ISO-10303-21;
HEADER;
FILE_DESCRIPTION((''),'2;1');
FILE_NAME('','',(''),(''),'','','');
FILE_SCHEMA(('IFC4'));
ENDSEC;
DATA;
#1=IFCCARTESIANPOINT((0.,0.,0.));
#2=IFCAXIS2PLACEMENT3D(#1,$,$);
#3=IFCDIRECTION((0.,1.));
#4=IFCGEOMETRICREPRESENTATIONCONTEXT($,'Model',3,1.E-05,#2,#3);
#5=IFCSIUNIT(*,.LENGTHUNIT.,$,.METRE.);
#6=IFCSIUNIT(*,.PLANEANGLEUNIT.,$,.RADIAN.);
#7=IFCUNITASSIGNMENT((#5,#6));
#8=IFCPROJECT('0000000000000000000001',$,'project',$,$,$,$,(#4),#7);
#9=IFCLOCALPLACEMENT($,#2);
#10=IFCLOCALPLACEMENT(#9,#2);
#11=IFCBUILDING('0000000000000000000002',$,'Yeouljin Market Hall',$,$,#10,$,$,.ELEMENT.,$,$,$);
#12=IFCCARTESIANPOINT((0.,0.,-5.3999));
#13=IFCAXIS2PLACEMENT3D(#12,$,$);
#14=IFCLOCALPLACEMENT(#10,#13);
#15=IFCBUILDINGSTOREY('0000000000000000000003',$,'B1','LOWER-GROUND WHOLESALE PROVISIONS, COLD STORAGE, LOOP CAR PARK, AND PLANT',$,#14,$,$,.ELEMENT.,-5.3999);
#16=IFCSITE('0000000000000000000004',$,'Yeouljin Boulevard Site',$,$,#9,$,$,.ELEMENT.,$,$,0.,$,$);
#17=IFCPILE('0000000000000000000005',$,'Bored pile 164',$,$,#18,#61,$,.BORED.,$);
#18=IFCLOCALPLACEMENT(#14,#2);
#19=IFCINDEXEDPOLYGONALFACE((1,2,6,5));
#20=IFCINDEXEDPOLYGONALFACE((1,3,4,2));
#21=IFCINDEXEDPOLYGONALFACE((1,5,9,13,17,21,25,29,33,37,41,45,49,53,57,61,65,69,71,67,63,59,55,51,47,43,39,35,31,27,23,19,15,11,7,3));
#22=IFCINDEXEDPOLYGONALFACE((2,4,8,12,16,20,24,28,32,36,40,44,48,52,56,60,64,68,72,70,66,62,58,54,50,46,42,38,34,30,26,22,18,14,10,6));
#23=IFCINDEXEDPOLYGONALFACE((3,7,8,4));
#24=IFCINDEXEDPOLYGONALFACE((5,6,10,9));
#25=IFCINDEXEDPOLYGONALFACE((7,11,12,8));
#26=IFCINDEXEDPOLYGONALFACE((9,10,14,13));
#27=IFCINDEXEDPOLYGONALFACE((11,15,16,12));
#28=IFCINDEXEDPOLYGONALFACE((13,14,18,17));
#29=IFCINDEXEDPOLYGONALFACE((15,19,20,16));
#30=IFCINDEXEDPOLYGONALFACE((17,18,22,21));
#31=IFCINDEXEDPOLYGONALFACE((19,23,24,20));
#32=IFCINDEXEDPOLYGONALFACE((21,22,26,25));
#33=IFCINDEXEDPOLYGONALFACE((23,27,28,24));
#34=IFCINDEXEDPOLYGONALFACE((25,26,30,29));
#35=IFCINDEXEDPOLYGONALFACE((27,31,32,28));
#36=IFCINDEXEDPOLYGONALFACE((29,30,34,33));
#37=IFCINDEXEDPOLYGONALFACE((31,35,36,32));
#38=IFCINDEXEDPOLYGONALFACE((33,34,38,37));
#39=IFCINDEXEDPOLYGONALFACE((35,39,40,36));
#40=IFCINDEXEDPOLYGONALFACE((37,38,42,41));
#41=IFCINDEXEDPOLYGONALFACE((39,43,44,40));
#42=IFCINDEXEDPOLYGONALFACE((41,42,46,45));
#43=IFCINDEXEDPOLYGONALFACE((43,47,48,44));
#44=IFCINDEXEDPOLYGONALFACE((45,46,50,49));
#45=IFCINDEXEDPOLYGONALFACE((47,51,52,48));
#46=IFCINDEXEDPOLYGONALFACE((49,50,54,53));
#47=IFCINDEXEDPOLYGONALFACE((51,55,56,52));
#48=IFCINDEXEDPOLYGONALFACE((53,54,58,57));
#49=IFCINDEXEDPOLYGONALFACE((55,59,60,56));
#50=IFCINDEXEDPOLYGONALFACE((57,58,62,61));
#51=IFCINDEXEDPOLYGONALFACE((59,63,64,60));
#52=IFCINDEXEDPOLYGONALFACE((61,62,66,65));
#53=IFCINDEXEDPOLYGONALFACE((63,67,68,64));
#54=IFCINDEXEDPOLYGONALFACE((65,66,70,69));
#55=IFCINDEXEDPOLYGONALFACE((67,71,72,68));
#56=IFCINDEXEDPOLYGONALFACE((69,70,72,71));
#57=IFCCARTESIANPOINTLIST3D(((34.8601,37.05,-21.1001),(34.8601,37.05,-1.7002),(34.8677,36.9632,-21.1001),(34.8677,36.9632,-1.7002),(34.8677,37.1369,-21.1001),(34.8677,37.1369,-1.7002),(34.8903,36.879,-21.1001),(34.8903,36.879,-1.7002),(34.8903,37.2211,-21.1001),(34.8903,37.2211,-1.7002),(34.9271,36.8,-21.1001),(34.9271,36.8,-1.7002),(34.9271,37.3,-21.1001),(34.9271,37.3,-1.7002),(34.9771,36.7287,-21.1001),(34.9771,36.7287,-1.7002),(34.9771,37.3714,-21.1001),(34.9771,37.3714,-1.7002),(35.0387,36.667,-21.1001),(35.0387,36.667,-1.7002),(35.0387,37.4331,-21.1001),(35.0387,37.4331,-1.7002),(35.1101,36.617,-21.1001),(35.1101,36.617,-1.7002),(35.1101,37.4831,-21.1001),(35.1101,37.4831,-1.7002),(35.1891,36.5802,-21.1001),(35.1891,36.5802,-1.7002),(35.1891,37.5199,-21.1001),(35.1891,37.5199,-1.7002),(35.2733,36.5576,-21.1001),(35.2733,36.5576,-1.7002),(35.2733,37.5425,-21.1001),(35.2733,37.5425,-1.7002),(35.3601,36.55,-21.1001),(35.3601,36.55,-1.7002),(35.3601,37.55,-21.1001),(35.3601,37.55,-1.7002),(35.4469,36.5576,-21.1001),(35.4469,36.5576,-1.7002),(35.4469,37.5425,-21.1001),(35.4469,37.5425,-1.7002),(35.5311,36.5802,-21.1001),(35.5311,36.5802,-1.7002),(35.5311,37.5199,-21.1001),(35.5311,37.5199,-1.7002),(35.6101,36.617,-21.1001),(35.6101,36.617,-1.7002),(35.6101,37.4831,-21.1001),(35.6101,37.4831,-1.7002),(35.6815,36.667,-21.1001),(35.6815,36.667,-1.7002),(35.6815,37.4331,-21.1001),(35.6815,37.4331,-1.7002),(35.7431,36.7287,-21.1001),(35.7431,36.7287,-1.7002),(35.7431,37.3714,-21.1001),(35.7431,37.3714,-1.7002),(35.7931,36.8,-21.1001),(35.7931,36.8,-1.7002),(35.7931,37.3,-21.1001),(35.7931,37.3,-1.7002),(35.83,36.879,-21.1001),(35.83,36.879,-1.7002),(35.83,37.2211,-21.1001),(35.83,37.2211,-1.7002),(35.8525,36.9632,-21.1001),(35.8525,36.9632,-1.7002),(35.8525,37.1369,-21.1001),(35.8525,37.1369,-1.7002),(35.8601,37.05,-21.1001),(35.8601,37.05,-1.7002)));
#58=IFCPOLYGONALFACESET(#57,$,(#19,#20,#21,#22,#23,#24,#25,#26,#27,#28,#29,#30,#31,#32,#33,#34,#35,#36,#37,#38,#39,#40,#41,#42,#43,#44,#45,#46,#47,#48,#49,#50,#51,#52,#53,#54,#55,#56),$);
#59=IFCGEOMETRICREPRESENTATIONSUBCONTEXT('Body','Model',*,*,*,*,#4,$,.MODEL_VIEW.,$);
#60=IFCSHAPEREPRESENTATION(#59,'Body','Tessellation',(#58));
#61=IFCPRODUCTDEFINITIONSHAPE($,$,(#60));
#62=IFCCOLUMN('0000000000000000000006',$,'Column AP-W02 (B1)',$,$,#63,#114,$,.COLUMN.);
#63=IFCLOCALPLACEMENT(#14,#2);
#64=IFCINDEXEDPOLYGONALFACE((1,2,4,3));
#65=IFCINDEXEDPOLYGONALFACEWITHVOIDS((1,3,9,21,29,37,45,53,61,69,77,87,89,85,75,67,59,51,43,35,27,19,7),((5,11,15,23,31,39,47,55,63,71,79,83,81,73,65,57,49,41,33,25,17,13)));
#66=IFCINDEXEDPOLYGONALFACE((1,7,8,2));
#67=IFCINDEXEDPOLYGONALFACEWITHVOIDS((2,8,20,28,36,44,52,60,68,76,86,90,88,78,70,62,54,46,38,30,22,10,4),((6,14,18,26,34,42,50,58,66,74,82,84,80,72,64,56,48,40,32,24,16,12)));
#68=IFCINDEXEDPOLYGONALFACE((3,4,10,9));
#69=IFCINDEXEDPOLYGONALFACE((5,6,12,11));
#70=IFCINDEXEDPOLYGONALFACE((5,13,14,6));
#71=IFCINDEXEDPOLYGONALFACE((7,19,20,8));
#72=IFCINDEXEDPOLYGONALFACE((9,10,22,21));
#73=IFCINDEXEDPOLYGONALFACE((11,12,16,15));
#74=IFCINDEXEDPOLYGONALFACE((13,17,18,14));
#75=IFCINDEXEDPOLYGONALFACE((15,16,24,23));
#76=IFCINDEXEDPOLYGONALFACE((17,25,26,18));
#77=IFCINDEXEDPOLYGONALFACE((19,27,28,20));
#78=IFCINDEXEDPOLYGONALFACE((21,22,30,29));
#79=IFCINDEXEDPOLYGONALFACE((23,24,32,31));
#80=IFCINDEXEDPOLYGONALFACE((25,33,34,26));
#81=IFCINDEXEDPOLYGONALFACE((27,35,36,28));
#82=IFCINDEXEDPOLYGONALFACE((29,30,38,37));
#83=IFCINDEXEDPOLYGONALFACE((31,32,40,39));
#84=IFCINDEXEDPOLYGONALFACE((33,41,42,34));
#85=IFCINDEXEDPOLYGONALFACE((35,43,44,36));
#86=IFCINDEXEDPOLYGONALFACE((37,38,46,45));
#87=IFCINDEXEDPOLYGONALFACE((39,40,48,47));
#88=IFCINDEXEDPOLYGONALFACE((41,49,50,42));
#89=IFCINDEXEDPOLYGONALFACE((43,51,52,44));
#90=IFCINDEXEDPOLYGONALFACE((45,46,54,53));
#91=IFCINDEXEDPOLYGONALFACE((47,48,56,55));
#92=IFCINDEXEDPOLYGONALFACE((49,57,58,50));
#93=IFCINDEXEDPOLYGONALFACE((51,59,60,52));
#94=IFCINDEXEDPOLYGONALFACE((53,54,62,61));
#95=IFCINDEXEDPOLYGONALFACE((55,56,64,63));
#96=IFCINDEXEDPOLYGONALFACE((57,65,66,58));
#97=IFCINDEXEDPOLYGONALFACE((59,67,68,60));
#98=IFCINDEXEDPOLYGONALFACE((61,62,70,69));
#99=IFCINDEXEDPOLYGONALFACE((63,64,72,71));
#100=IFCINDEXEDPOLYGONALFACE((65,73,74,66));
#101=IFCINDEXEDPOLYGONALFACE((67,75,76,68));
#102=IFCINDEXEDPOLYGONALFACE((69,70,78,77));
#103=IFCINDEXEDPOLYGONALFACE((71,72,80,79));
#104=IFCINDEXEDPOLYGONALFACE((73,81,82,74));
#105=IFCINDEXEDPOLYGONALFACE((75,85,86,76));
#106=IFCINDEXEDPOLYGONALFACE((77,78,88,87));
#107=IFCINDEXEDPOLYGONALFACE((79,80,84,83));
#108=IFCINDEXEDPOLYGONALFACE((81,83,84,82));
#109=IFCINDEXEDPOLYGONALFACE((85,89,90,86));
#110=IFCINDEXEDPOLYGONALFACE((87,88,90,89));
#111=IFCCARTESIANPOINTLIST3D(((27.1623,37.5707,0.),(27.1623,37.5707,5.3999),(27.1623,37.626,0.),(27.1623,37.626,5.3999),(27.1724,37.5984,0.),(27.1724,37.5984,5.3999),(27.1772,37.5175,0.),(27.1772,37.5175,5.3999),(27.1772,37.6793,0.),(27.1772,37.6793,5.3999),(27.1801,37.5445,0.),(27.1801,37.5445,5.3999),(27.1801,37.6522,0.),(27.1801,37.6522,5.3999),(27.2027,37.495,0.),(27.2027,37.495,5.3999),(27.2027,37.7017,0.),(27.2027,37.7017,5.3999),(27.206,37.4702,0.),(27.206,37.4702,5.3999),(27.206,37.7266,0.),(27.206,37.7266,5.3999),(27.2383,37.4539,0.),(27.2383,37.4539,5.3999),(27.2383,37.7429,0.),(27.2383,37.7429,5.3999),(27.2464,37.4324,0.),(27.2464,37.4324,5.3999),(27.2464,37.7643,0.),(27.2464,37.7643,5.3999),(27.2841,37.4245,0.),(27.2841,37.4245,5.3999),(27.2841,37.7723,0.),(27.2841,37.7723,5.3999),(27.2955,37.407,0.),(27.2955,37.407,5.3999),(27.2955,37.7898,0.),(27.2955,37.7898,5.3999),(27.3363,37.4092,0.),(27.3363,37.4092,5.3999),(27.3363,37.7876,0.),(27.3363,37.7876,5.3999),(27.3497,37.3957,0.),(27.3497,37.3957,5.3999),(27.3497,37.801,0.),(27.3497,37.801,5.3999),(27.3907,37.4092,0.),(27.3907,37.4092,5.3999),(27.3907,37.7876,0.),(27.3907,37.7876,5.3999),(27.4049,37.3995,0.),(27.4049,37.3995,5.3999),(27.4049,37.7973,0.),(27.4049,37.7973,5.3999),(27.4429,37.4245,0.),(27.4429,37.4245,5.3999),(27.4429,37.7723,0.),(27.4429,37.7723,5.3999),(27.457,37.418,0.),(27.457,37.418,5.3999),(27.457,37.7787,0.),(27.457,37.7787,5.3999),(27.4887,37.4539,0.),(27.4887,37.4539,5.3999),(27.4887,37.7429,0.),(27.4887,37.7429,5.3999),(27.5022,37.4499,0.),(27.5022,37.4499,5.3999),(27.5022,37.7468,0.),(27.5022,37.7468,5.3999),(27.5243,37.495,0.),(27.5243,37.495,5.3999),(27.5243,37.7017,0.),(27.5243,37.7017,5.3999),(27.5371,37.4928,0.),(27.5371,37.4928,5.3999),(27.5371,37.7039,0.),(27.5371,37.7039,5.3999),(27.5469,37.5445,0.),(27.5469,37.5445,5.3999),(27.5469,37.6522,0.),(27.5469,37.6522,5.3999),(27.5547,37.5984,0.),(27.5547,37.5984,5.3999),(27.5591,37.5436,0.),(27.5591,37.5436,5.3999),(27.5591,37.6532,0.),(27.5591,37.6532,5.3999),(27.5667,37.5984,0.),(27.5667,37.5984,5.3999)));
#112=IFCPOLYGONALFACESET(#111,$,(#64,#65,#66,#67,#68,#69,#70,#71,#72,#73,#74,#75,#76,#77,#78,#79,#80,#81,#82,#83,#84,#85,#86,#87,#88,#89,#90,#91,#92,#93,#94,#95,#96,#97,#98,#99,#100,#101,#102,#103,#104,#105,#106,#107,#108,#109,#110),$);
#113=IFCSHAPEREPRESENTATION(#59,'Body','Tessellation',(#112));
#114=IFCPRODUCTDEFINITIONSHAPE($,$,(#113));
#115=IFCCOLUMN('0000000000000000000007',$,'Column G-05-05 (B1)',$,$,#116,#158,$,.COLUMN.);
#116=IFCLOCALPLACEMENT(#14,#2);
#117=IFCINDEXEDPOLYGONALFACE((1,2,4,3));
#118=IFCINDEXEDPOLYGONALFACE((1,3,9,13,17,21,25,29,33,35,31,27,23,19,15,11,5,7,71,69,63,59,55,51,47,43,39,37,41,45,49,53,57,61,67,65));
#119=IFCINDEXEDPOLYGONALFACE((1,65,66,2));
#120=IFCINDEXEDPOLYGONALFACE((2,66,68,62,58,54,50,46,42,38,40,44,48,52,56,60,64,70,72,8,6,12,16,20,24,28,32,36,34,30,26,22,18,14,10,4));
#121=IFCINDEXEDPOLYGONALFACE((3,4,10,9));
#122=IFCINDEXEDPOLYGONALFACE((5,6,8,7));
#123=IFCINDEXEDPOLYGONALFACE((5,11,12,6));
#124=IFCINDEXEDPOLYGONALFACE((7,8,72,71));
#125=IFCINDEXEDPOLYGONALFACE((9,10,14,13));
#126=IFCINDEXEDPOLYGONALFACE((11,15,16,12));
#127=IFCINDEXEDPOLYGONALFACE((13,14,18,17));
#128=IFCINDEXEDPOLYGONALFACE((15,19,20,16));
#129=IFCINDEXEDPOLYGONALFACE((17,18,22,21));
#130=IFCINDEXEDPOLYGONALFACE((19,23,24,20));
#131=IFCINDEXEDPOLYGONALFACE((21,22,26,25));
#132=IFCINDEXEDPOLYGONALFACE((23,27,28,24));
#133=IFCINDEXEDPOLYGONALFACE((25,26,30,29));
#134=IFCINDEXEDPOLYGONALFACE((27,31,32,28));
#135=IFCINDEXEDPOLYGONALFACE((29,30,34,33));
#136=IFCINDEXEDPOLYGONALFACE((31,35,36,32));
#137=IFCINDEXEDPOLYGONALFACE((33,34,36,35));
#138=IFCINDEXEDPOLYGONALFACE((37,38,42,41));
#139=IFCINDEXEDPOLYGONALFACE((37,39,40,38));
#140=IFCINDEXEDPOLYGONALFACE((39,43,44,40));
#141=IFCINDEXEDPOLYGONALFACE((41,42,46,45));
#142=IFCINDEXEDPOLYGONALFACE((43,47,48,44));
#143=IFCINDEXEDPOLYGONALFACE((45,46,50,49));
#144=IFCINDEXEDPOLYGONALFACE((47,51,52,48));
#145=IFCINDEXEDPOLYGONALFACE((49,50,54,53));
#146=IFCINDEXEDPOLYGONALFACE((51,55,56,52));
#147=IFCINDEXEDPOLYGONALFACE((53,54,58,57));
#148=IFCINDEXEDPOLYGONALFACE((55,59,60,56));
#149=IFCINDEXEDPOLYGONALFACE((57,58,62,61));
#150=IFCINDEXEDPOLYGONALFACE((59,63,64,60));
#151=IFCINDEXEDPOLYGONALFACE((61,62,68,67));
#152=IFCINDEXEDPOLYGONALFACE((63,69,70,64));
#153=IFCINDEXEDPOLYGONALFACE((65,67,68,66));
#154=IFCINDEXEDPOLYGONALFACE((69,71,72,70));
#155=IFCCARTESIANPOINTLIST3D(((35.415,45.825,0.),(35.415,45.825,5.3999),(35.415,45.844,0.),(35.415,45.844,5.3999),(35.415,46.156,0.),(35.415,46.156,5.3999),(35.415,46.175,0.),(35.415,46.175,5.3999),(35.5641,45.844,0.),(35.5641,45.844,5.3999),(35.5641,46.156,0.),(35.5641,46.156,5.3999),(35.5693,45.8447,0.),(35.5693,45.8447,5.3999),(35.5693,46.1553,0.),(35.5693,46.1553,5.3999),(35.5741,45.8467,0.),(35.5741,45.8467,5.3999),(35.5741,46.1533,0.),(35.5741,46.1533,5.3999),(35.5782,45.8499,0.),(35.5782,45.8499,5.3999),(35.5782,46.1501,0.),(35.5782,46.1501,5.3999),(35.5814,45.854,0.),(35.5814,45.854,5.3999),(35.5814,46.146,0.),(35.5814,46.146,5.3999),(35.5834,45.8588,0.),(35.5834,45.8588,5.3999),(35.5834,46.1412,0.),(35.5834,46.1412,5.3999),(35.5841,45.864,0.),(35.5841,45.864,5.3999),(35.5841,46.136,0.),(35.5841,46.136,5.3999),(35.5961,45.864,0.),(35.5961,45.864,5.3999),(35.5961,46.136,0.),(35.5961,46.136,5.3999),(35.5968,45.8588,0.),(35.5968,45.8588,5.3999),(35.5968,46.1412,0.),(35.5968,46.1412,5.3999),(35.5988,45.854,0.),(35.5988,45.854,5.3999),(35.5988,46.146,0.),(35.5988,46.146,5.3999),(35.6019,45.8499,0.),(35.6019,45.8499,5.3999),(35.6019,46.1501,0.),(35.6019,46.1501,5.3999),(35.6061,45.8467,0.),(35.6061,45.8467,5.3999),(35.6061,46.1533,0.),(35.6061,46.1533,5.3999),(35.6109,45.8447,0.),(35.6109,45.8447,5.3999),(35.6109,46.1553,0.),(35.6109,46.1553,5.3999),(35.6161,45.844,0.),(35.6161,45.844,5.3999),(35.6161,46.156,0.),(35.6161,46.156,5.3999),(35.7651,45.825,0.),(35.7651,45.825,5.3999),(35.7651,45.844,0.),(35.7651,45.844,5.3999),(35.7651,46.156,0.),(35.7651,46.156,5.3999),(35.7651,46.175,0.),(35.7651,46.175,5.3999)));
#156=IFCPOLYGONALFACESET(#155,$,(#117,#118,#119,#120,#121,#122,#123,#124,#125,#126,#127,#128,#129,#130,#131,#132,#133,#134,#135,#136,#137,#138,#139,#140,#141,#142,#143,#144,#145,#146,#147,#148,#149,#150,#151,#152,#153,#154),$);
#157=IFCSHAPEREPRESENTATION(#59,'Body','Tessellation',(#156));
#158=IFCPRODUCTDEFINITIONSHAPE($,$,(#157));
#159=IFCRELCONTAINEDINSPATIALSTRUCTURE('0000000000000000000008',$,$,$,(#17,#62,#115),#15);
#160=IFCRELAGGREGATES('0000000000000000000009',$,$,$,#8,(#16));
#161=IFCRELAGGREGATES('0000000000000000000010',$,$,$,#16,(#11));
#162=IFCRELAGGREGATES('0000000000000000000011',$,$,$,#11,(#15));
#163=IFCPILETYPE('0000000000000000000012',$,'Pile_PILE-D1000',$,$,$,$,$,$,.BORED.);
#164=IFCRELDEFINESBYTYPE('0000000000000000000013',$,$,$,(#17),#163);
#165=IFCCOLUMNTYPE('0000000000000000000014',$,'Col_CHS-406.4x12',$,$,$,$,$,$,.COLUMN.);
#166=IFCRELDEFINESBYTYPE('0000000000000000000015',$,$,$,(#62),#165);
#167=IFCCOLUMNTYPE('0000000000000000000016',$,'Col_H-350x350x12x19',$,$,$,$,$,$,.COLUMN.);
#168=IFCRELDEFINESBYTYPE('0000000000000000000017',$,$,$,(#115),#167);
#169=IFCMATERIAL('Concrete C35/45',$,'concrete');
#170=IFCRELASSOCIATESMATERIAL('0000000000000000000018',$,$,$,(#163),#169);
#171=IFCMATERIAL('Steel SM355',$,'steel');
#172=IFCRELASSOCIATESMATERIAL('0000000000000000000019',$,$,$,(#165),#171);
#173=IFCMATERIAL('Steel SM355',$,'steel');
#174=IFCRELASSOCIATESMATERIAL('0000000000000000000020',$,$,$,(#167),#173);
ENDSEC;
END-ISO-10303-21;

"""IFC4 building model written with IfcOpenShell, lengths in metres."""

from ifc_helpers import new_model, si_unit, direction, frame, origin, origin_2d, place, context, subcontext, project, spatial, circle, hollow_circle, i_section, extrude, material, material_profile, profile_set, type_object, element, save


model = new_model("IFC4")

# Units and contexts
model_context = context("Model", 3, precision=1e-05, world=origin(), true_north=direction((0.0, 1.0)))
body_context = subcontext(model_context, "Body", "Model", "MODEL_VIEW")
ifc_project = project(units=[si_unit("LENGTHUNIT", "METRE"), si_unit("PLANEANGLEUNIT", "RADIAN")], contexts=[model_context])

# Site, building, storey
site_placement = place(None, origin())
site = spatial("IfcSite", under=ifc_project, at=site_placement, Name="Yeouljin Boulevard Site", CompositionType="ELEMENT", RefElevation=0.0)
building_placement = place(site_placement, origin())
building = spatial("IfcBuilding", under=site, at=building_placement, Name="Yeouljin Market Hall", CompositionType="ELEMENT")
storey_placement = place(building_placement, frame((0.0, 0.0, -5.3999)))
storey = spatial("IfcBuildingStorey", under=building, at=storey_placement, Name="B1", Description="LOWER-GROUND WHOLESALE PROVISIONS, COLD STORAGE, LOOP CAR PARK, AND PLANT", CompositionType="ELEMENT", Elevation=-5.3999)

# Pile
ifc_material_1 = material(Name="Concrete C35/45", Category="concrete")
ifc_material_profile_1 = material_profile(ifc_material_1, circle(Radius=0.5, at=origin_2d()), Name="PILE-D1000")
ifc_profile_set_1 = profile_set([ifc_material_profile_1], Name="Concrete C35/45")
pile_type = type_object("IfcPileType", Name="Pile_PILE-D1000", PredefinedType="BORED", material=ifc_profile_set_1)
for number, where, z_axis, x_axis, name in (
    (1, (35.3601, 37.05, -1.7002), (0.0, 0.0, -1.0), (1.0, 0.0, 0.0), "Bored pile 164"),
):
    element("IfcPile", number, at=place(storey_placement, frame(where, z_axis=z_axis, x_axis=x_axis)), inside=storey, type_object=pile_type, Name=name, PredefinedType="BORED", context=body_context, shape_type="SweptSolid", body=[
        extrude(circle(Radius=0.5, at=origin_2d()), origin(), (0.0, 0.0, 1.0), 19.3999),
    ])

# Columns
ifc_material_2 = material(Name="Steel SM355", Category="steel")
ifc_material_profile_2 = material_profile(ifc_material_2, hollow_circle(Radius=0.2031, WallThickness=0.012, at=origin_2d()), Name="CHS-406.4x12")
ifc_profile_set_2 = profile_set([ifc_material_profile_2], Name="Steel SM355")
column_type_1 = type_object("IfcColumnType", Name="Col_CHS-406.4x12", PredefinedType="COLUMN", material=ifc_profile_set_2)
column_placement = place(storey_placement, frame((27.3635, 37.5984, 0.0), z_axis=(0.0, 0.0, 1.0), x_axis=(1.0, 0.0, 0.0)))
element("IfcColumn", 2, at=column_placement, inside=storey, type_object=column_type_1, Name="Column AP-W02 (B1)", PredefinedType="COLUMN", context=body_context, shape_type="SweptSolid", body=[
    extrude(hollow_circle(Radius=0.2031, WallThickness=0.012, at=origin_2d()), origin(), (0.0, 0.0, 1.0), 5.3999),
])
ifc_material_3 = material(Name="Steel SM355", Category="steel")
ifc_material_profile_3 = material_profile(ifc_material_3, i_section(OverallWidth=0.3501, OverallDepth=0.3501, WebThickness=0.012, FlangeThickness=0.019, FilletRadius=0.02, at=origin_2d()), Name="H-350x350x12x19")
ifc_profile_set_3 = profile_set([ifc_material_profile_3], Name="Steel SM355")
column_type_2 = type_object("IfcColumnType", Name="Col_H-350x350x12x19", PredefinedType="COLUMN", material=ifc_profile_set_3)
for number, where, z_axis, x_axis, name in (
    (3, (35.5901, 46.0, 0.0), (0.0, 0.0, 1.0), (1.0, 0.0, 0.0), "Column G-05-05 (B1)"),
):
    element("IfcColumn", number, at=place(storey_placement, frame(where, z_axis=z_axis, x_axis=x_axis)), inside=storey, type_object=column_type_2, Name=name, PredefinedType="COLUMN", context=body_context, shape_type="SweptSolid", body=[
        extrude(i_section(OverallWidth=0.3501, OverallDepth=0.3501, WebThickness=0.012, FlangeThickness=0.019, FilletRadius=0.02, at=origin_2d()), origin(), (0.0, 0.0, 1.0), 5.3999),
    ])

save(model, "model.ifc")
